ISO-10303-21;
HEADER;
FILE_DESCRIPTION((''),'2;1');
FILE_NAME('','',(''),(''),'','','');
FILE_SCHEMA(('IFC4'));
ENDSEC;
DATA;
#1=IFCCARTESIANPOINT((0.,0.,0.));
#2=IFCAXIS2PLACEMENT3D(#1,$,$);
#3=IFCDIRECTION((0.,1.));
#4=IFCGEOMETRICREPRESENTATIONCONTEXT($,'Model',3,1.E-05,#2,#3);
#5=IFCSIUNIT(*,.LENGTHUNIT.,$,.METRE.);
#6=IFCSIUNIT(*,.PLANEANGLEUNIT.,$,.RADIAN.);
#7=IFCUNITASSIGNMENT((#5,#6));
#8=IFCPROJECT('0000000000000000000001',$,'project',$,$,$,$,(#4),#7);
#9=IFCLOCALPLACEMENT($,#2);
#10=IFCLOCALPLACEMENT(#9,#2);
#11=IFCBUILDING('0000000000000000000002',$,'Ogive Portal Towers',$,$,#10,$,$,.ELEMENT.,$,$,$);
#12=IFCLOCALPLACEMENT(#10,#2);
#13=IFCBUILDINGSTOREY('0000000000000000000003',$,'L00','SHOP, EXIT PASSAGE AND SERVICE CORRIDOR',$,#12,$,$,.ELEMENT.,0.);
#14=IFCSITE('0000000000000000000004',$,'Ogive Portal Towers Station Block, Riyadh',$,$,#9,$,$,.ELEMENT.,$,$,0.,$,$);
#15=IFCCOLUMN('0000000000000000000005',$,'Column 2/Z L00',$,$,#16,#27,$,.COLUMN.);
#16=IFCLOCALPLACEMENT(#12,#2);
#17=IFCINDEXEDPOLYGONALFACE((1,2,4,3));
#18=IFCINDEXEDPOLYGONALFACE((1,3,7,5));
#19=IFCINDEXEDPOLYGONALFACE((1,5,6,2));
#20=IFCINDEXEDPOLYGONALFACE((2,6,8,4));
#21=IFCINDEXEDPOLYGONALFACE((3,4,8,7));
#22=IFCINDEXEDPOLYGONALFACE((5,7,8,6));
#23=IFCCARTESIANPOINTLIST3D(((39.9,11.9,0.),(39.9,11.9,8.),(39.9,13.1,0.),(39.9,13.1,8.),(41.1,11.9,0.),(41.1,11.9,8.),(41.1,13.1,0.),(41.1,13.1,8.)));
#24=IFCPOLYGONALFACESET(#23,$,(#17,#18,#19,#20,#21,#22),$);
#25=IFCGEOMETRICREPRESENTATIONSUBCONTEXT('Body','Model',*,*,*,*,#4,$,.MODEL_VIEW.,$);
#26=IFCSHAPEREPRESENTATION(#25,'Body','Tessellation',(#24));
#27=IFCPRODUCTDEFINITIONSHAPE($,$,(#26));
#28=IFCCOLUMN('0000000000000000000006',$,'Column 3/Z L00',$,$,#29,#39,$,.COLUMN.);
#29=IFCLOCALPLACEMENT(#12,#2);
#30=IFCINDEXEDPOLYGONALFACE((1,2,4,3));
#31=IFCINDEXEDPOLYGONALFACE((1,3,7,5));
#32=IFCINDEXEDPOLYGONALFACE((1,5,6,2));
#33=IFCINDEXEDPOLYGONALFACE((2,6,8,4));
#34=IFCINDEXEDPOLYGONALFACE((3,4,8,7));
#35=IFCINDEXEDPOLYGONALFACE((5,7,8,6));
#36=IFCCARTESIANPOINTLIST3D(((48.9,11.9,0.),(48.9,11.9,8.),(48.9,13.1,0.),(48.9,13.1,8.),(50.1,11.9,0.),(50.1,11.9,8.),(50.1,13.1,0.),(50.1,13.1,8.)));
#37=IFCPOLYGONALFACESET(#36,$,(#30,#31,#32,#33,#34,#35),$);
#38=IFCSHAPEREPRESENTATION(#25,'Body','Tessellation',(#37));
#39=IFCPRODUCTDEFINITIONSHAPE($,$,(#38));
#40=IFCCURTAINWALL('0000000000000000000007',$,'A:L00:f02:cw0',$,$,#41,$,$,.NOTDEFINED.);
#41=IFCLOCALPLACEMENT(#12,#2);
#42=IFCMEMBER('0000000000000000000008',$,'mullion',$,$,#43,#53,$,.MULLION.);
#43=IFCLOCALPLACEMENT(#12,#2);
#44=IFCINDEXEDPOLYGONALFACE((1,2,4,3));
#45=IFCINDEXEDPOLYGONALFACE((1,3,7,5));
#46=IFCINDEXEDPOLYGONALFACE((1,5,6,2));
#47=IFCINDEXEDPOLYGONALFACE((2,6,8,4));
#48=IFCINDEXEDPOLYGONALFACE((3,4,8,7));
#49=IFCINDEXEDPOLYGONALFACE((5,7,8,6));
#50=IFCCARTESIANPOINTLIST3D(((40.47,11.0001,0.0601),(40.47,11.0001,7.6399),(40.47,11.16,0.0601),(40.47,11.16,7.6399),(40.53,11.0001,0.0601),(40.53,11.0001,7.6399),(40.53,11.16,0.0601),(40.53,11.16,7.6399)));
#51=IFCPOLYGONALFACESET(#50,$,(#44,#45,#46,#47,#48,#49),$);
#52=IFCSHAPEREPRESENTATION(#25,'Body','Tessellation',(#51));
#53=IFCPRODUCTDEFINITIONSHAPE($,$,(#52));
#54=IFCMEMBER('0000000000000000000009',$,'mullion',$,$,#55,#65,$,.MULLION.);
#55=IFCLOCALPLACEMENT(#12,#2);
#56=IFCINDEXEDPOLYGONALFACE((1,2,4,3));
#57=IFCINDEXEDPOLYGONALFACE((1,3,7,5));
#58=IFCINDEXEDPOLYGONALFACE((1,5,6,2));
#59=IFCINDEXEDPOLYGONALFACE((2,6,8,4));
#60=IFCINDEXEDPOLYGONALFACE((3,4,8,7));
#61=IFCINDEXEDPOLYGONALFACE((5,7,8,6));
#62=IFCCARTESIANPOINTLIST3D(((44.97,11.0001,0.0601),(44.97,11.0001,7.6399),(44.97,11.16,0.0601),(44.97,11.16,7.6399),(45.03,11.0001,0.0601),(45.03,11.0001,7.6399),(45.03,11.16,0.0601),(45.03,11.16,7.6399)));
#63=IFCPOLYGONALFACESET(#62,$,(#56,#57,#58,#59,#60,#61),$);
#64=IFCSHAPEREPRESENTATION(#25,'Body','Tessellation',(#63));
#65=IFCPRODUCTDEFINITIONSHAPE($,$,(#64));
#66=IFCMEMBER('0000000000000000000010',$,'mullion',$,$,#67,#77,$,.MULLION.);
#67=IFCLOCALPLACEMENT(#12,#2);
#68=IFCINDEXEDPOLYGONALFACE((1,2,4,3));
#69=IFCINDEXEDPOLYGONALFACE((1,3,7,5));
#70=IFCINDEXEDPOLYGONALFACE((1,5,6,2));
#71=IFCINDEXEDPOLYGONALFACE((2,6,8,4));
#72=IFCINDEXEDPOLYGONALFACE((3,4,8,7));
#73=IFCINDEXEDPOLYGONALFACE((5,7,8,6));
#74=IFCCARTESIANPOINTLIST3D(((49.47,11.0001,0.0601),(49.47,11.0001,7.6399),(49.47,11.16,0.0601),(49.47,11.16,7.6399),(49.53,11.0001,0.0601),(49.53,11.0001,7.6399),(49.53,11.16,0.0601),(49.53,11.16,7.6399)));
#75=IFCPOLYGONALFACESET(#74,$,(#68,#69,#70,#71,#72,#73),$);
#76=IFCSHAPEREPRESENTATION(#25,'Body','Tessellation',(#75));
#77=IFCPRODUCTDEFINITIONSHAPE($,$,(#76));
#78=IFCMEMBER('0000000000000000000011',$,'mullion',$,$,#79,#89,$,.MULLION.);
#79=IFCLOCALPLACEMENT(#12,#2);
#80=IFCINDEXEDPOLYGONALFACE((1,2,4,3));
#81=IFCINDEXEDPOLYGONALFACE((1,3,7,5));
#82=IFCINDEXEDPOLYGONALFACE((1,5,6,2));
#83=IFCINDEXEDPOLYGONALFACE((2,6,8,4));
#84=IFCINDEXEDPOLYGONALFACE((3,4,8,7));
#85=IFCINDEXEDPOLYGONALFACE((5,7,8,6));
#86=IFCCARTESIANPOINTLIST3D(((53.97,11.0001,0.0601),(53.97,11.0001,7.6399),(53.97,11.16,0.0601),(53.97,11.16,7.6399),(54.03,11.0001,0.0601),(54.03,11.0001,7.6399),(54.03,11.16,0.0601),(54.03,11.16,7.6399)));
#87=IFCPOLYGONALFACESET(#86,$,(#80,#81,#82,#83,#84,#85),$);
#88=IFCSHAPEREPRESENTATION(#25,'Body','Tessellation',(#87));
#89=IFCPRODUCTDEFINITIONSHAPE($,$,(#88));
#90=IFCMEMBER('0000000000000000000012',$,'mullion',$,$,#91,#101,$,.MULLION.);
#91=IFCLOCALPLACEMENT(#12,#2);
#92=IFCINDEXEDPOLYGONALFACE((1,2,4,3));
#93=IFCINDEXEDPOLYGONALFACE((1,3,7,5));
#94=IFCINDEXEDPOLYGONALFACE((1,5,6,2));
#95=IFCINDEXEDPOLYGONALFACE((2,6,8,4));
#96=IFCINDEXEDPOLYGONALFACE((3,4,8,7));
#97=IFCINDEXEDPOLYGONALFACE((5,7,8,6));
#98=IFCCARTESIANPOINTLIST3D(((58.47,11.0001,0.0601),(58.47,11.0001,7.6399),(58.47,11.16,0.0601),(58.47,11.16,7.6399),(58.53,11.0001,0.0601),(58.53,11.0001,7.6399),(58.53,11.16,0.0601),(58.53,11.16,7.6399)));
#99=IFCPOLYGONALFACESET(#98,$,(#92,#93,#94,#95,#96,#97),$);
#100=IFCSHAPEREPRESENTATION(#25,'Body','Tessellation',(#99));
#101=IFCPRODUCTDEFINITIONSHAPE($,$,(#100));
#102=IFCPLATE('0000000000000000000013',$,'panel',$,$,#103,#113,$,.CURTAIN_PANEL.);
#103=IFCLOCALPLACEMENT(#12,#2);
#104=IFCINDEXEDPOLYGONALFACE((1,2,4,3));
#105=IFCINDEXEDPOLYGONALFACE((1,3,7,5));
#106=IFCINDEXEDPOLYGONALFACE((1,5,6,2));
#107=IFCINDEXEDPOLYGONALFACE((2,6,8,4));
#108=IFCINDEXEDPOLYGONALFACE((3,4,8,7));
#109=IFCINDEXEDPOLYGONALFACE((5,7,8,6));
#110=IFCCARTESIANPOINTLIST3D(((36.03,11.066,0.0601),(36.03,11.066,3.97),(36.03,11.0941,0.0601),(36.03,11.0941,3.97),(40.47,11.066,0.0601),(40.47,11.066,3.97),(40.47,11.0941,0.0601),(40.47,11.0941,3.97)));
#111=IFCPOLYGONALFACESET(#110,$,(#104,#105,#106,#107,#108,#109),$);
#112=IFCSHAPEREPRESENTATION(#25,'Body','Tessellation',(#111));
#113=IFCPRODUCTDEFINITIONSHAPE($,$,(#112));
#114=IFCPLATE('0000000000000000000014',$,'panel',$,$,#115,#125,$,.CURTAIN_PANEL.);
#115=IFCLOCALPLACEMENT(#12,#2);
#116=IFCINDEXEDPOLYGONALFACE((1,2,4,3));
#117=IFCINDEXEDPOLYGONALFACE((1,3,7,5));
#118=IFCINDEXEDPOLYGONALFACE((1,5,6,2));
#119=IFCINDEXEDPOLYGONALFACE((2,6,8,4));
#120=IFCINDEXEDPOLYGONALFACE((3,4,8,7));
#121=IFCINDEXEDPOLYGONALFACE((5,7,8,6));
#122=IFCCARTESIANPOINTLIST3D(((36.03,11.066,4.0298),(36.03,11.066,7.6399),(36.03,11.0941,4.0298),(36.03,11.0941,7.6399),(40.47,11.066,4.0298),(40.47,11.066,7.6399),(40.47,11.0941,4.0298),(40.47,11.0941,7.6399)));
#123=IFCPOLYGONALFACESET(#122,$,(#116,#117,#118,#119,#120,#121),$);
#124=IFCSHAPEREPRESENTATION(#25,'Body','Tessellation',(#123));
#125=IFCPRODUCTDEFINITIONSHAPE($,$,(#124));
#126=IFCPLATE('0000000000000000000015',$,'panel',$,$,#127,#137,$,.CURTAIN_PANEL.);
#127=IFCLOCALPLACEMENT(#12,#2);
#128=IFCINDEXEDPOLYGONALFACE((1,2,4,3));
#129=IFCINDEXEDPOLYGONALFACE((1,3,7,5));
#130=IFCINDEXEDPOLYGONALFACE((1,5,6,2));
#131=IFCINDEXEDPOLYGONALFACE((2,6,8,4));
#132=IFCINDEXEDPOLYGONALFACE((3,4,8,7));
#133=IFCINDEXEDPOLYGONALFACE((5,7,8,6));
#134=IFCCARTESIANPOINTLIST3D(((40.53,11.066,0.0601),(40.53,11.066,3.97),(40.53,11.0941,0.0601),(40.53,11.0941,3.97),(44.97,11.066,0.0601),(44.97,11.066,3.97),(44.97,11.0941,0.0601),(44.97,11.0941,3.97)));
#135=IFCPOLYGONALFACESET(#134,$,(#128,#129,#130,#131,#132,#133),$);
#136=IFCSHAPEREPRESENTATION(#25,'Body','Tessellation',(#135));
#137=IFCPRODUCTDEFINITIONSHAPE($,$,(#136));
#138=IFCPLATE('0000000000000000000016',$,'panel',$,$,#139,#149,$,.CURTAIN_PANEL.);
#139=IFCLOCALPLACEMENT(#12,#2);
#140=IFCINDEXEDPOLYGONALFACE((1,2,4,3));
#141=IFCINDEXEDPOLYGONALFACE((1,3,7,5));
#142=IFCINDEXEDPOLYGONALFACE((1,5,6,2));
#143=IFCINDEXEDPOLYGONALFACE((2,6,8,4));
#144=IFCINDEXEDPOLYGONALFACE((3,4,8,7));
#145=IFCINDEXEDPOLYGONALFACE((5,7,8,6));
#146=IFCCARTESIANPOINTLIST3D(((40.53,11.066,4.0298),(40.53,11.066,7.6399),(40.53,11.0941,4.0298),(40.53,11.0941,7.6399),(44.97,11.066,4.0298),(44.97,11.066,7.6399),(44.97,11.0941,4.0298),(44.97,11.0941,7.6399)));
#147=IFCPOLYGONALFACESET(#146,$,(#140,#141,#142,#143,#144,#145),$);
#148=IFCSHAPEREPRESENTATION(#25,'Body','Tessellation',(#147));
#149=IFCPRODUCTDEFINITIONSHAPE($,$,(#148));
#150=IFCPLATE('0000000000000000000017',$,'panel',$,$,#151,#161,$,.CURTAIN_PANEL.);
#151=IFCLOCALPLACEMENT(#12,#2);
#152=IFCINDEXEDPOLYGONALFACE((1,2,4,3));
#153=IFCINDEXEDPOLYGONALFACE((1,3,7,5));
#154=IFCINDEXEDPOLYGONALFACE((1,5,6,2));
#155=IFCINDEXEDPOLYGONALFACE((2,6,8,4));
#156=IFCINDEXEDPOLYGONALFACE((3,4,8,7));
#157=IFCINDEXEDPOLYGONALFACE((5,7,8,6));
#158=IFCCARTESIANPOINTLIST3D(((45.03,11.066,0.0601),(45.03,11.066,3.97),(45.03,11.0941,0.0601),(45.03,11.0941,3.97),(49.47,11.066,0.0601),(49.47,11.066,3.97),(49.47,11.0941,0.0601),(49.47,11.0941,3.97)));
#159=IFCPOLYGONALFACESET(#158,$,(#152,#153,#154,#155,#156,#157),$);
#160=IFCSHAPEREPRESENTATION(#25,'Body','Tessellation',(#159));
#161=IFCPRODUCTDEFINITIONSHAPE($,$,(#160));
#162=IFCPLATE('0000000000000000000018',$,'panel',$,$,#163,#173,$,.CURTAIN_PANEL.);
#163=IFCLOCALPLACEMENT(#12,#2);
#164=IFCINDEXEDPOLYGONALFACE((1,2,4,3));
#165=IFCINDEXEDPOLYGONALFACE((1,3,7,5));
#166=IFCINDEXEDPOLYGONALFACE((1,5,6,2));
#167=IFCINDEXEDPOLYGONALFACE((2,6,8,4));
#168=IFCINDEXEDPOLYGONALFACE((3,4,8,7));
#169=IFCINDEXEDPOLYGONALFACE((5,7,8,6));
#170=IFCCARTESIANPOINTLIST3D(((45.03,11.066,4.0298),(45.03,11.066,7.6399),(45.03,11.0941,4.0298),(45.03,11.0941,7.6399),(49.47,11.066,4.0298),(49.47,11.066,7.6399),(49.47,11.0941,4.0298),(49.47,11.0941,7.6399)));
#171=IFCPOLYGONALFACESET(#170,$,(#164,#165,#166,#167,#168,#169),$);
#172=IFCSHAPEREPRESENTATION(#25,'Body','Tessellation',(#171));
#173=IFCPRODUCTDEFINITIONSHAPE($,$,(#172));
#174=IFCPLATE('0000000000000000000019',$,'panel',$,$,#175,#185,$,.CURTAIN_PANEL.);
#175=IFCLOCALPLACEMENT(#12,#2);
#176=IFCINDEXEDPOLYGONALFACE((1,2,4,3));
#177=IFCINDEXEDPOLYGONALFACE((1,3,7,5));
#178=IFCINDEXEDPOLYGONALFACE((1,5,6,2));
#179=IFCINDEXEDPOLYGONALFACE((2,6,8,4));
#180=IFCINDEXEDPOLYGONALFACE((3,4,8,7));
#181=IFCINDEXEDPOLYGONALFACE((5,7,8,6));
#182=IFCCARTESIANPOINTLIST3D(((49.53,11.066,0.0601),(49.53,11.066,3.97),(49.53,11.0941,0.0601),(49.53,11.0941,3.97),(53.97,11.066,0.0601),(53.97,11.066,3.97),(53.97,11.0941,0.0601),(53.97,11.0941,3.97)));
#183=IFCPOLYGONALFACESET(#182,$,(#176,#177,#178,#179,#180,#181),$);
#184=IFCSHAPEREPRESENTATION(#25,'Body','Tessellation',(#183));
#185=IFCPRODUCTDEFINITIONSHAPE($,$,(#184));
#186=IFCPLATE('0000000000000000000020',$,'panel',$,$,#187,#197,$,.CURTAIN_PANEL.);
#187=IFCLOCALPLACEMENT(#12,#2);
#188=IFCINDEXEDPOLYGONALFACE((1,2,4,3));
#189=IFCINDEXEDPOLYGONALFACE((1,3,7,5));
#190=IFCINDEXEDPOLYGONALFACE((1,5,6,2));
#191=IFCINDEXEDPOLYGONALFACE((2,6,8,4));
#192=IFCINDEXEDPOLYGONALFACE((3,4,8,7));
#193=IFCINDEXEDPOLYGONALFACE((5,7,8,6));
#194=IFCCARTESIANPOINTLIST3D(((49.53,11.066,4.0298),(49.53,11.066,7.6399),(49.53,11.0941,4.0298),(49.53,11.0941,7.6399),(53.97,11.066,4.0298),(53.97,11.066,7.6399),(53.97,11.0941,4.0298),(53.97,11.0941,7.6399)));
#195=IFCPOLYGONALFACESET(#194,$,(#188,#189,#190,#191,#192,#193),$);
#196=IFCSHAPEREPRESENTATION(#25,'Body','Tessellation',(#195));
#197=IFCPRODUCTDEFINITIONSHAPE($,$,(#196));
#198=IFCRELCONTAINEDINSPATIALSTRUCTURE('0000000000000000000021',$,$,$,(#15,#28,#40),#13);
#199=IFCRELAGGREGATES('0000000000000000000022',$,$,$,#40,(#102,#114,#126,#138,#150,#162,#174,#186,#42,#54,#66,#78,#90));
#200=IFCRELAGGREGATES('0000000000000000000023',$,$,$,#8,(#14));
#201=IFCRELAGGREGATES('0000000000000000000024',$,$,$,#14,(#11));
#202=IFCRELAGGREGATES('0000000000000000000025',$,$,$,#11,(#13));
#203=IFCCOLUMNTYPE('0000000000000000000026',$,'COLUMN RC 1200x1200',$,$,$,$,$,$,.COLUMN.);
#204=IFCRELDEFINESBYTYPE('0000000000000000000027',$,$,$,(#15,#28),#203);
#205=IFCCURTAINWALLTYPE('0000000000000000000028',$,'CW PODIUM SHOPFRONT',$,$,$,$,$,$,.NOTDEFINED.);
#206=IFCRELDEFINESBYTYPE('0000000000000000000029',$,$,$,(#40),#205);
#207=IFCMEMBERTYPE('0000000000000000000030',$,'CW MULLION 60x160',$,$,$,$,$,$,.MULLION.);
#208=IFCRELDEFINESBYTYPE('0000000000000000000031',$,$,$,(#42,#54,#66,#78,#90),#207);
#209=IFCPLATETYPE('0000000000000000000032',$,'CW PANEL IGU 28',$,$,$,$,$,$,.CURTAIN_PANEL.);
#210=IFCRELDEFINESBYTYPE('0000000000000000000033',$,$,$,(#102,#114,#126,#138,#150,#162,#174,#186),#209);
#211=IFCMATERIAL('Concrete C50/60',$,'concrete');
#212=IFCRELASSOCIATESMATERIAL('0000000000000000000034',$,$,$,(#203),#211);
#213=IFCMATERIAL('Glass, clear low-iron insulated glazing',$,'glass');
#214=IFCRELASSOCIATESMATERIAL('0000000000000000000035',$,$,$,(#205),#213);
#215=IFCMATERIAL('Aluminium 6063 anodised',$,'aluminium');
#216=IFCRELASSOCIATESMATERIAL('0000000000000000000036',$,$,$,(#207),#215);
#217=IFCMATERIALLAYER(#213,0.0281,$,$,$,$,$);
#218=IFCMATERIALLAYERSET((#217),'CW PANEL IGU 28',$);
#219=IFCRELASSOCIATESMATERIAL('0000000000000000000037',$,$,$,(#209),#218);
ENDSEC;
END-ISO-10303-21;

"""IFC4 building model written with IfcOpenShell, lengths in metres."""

from ifc_helpers import new_model, si_unit, direction, frame, origin, origin_2d, place, context, subcontext, project, spatial, rectangle, extrude, material, layer, layer_set, material_profile, profile_set, type_object, element, aggregate, save


model = new_model("IFC4")

# Units and contexts
model_context = context("Model", 3, precision=1e-05, world=origin(), true_north=direction((0.0, 1.0)))
body_context = subcontext(model_context, "Body", "Model", "MODEL_VIEW")
ifc_project = project(units=[si_unit("LENGTHUNIT", "METRE"), si_unit("PLANEANGLEUNIT", "RADIAN")], contexts=[model_context])

# Site, building, storey
site_placement = place(None, origin())
site = spatial("IfcSite", under=ifc_project, at=site_placement, Name="Ogive Portal Towers Station Block, Riyadh", CompositionType="ELEMENT", RefElevation=0.0)
building_placement = place(site_placement, origin())
building = spatial("IfcBuilding", under=site, at=building_placement, Name="Ogive Portal Towers", CompositionType="ELEMENT")
storey_placement = place(building_placement, origin())
storey = spatial("IfcBuildingStorey", under=building, at=storey_placement, Name="L00", Description="SHOP, EXIT PASSAGE AND SERVICE CORRIDOR", CompositionType="ELEMENT", Elevation=0.0)

# Columns
ifc_material_1 = material(Name="Concrete C50/60", Category="concrete")
ifc_material_profile_1 = material_profile(ifc_material_1, rectangle(XDim=1.2, YDim=1.2, at=origin_2d()), Name="RC 1200x1200")
ifc_profile_set_1 = profile_set([ifc_material_profile_1], Name="Concrete C50/60")
column_type = type_object("IfcColumnType", Name="COLUMN RC 1200x1200", PredefinedType="COLUMN", material=ifc_profile_set_1)
for number, where, z_axis, x_axis, name in (
    (1, (40.5, 12.5, 0.0), (0.0, 0.0, 1.0), (1.0, 0.0, 0.0), "Column 2/Z L00"),
    (2, (49.5, 12.5, 0.0), (0.0, 0.0, 1.0), (1.0, 0.0, 0.0), "Column 3/Z L00"),
):
    element("IfcColumn", number, at=place(storey_placement, frame(where, z_axis=z_axis, x_axis=x_axis)), inside=storey, type_object=column_type, Name=name, PredefinedType="COLUMN", context=body_context, shape_type="SweptSolid", body=[
        extrude(rectangle(XDim=1.2, YDim=1.2, at=origin_2d()), origin(), (0.0, 0.0, 1.0), 8.0),
    ])

# Curtain wall, members, plates
ifc_material_2 = material(Name="Glass, clear low-iron insulated glazing", Category="glass")
curtain_wall_type = type_object("IfcCurtainWallType", Name="CW PODIUM SHOPFRONT", PredefinedType="NOTDEFINED", material=ifc_material_2)
curtain_wall_placement = place(storey_placement, origin())
curtain_wall = element("IfcCurtainWall", 3, at=curtain_wall_placement, inside=storey, type_object=curtain_wall_type, Name="A:L00:f02:cw0", PredefinedType="NOTDEFINED")
ifc_material_3 = material(Name="Aluminium 6063 anodised", Category="aluminium")
ifc_material_profile_2 = material_profile(ifc_material_3, rectangle(XDim=0.1599, YDim=0.0601, at=origin_2d()), Name="AL 60x160")
ifc_profile_set_2 = profile_set([ifc_material_profile_2], Name="Aluminium 6063 anodised")
member_type = type_object("IfcMemberType", Name="CW MULLION 60x160", PredefinedType="MULLION", material=ifc_profile_set_2)
member_1_placement = place(storey_placement, frame((40.5, 11.0801, 0.0601), z_axis=(0.0, 0.0, 1.0), x_axis=(0.0, 1.0, 0.0)))
member_1 = element("IfcMember", 4, at=member_1_placement, type_object=member_type, Name="mullion", PredefinedType="MULLION", context=body_context, shape_type="SweptSolid", body=[
    extrude(rectangle(XDim=0.1599, YDim=0.0601, at=origin_2d()), origin(), (0.0, 0.0, 1.0), 7.5798),
])
member_2_placement = place(storey_placement, frame((45.0, 11.0801, 0.0601), z_axis=(0.0, 0.0, 1.0), x_axis=(0.0, 1.0, 0.0)))
member_2 = element("IfcMember", 5, at=member_2_placement, type_object=member_type, Name="mullion", PredefinedType="MULLION", context=body_context, shape_type="SweptSolid", body=[
    extrude(rectangle(XDim=0.1599, YDim=0.0601, at=origin_2d()), origin(), (0.0, 0.0, 1.0), 7.5798),
])
member_3_placement = place(storey_placement, frame((49.5, 11.0801, 0.0601), z_axis=(0.0, 0.0, 1.0), x_axis=(0.0, 1.0, 0.0)))
member_3 = element("IfcMember", 6, at=member_3_placement, type_object=member_type, Name="mullion", PredefinedType="MULLION", context=body_context, shape_type="SweptSolid", body=[
    extrude(rectangle(XDim=0.1599, YDim=0.0601, at=origin_2d()), origin(), (0.0, 0.0, 1.0), 7.5798),
])
member_4_placement = place(storey_placement, frame((54.0, 11.0801, 0.0601), z_axis=(0.0, 0.0, 1.0), x_axis=(0.0, 1.0, 0.0)))
member_4 = element("IfcMember", 7, at=member_4_placement, type_object=member_type, Name="mullion", PredefinedType="MULLION", context=body_context, shape_type="SweptSolid", body=[
    extrude(rectangle(XDim=0.1599, YDim=0.0601, at=origin_2d()), origin(), (0.0, 0.0, 1.0), 7.5798),
])
member_5_placement = place(storey_placement, frame((58.5, 11.0801, 0.0601), z_axis=(0.0, 0.0, 1.0), x_axis=(0.0, 1.0, 0.0)))
member_5 = element("IfcMember", 8, at=member_5_placement, type_object=member_type, Name="mullion", PredefinedType="MULLION", context=body_context, shape_type="SweptSolid", body=[
    extrude(rectangle(XDim=0.1599, YDim=0.0601, at=origin_2d()), origin(), (0.0, 0.0, 1.0), 7.5798),
])
ifc_layer_1 = layer(ifc_material_2, 0.0281)
ifc_layer_set_1 = layer_set([ifc_layer_1], Name="CW PANEL IGU 28")
plate_type = type_object("IfcPlateType", Name="CW PANEL IGU 28", PredefinedType="CURTAIN_PANEL", material=ifc_layer_set_1)
plate_1_placement = place(storey_placement, frame((38.25, 11.0801, 0.0601), z_axis=(0.0, 0.0, 1.0), x_axis=(1.0, 0.0, 0.0)))
plate_1 = element("IfcPlate", 9, at=plate_1_placement, type_object=plate_type, Name="panel", PredefinedType="CURTAIN_PANEL", context=body_context, shape_type="SweptSolid", body=[
    extrude(rectangle(XDim=4.4399, YDim=0.0281, at=origin_2d()), origin(), (0.0, 0.0, 1.0), 3.9099),
])
plate_2_placement = place(storey_placement, frame((38.25, 11.0801, 4.0298), z_axis=(0.0, 0.0, 1.0), x_axis=(1.0, 0.0, 0.0)))
plate_2 = element("IfcPlate", 10, at=plate_2_placement, type_object=plate_type, Name="panel", PredefinedType="CURTAIN_PANEL", context=body_context, shape_type="SweptSolid", body=[
    extrude(rectangle(XDim=4.4399, YDim=0.0281, at=origin_2d()), origin(), (0.0, 0.0, 1.0), 3.6101),
])
plate_3_placement = place(storey_placement, frame((42.75, 11.0801, 0.0601), z_axis=(0.0, 0.0, 1.0), x_axis=(1.0, 0.0, 0.0)))
plate_3 = element("IfcPlate", 11, at=plate_3_placement, type_object=plate_type, Name="panel", PredefinedType="CURTAIN_PANEL", context=body_context, shape_type="SweptSolid", body=[
    extrude(rectangle(XDim=4.4399, YDim=0.0281, at=origin_2d()), origin(), (0.0, 0.0, 1.0), 3.9099),
])
plate_4_placement = place(storey_placement, frame((42.75, 11.0801, 4.0298), z_axis=(0.0, 0.0, 1.0), x_axis=(1.0, 0.0, 0.0)))
plate_4 = element("IfcPlate", 12, at=plate_4_placement, type_object=plate_type, Name="panel", PredefinedType="CURTAIN_PANEL", context=body_context, shape_type="SweptSolid", body=[
    extrude(rectangle(XDim=4.4399, YDim=0.0281, at=origin_2d()), origin(), (0.0, 0.0, 1.0), 3.6101),
])
plate_5_placement = place(storey_placement, frame((47.25, 11.0801, 0.0601), z_axis=(0.0, 0.0, 1.0), x_axis=(1.0, 0.0, 0.0)))
plate_5 = element("IfcPlate", 13, at=plate_5_placement, type_object=plate_type, Name="panel", PredefinedType="CURTAIN_PANEL", context=body_context, shape_type="SweptSolid", body=[
    extrude(rectangle(XDim=4.4399, YDim=0.0281, at=origin_2d()), origin(), (0.0, 0.0, 1.0), 3.9099),
])
plate_6_placement = place(storey_placement, frame((47.25, 11.0801, 4.0298), z_axis=(0.0, 0.0, 1.0), x_axis=(1.0, 0.0, 0.0)))
plate_6 = element("IfcPlate", 14, at=plate_6_placement, type_object=plate_type, Name="panel", PredefinedType="CURTAIN_PANEL", context=body_context, shape_type="SweptSolid", body=[
    extrude(rectangle(XDim=4.4399, YDim=0.0281, at=origin_2d()), origin(), (0.0, 0.0, 1.0), 3.6101),
])
plate_7_placement = place(storey_placement, frame((51.75, 11.0801, 0.0601), z_axis=(0.0, 0.0, 1.0), x_axis=(1.0, 0.0, 0.0)))
plate_7 = element("IfcPlate", 15, at=plate_7_placement, type_object=plate_type, Name="panel", PredefinedType="CURTAIN_PANEL", context=body_context, shape_type="SweptSolid", body=[
    extrude(rectangle(XDim=4.4399, YDim=0.0281, at=origin_2d()), origin(), (0.0, 0.0, 1.0), 3.9099),
])
plate_8_placement = place(storey_placement, frame((51.75, 11.0801, 4.0298), z_axis=(0.0, 0.0, 1.0), x_axis=(1.0, 0.0, 0.0)))
plate_8 = element("IfcPlate", 16, at=plate_8_placement, type_object=plate_type, Name="panel", PredefinedType="CURTAIN_PANEL", context=body_context, shape_type="SweptSolid", body=[
    extrude(rectangle(XDim=4.4399, YDim=0.0281, at=origin_2d()), origin(), (0.0, 0.0, 1.0), 3.6101),
])
aggregate(curtain_wall, [plate_1, plate_2, plate_3, plate_4, plate_5, plate_6, plate_7, plate_8, member_1, member_2, member_3, member_4, member_5])

save(model, "model.ifc")
